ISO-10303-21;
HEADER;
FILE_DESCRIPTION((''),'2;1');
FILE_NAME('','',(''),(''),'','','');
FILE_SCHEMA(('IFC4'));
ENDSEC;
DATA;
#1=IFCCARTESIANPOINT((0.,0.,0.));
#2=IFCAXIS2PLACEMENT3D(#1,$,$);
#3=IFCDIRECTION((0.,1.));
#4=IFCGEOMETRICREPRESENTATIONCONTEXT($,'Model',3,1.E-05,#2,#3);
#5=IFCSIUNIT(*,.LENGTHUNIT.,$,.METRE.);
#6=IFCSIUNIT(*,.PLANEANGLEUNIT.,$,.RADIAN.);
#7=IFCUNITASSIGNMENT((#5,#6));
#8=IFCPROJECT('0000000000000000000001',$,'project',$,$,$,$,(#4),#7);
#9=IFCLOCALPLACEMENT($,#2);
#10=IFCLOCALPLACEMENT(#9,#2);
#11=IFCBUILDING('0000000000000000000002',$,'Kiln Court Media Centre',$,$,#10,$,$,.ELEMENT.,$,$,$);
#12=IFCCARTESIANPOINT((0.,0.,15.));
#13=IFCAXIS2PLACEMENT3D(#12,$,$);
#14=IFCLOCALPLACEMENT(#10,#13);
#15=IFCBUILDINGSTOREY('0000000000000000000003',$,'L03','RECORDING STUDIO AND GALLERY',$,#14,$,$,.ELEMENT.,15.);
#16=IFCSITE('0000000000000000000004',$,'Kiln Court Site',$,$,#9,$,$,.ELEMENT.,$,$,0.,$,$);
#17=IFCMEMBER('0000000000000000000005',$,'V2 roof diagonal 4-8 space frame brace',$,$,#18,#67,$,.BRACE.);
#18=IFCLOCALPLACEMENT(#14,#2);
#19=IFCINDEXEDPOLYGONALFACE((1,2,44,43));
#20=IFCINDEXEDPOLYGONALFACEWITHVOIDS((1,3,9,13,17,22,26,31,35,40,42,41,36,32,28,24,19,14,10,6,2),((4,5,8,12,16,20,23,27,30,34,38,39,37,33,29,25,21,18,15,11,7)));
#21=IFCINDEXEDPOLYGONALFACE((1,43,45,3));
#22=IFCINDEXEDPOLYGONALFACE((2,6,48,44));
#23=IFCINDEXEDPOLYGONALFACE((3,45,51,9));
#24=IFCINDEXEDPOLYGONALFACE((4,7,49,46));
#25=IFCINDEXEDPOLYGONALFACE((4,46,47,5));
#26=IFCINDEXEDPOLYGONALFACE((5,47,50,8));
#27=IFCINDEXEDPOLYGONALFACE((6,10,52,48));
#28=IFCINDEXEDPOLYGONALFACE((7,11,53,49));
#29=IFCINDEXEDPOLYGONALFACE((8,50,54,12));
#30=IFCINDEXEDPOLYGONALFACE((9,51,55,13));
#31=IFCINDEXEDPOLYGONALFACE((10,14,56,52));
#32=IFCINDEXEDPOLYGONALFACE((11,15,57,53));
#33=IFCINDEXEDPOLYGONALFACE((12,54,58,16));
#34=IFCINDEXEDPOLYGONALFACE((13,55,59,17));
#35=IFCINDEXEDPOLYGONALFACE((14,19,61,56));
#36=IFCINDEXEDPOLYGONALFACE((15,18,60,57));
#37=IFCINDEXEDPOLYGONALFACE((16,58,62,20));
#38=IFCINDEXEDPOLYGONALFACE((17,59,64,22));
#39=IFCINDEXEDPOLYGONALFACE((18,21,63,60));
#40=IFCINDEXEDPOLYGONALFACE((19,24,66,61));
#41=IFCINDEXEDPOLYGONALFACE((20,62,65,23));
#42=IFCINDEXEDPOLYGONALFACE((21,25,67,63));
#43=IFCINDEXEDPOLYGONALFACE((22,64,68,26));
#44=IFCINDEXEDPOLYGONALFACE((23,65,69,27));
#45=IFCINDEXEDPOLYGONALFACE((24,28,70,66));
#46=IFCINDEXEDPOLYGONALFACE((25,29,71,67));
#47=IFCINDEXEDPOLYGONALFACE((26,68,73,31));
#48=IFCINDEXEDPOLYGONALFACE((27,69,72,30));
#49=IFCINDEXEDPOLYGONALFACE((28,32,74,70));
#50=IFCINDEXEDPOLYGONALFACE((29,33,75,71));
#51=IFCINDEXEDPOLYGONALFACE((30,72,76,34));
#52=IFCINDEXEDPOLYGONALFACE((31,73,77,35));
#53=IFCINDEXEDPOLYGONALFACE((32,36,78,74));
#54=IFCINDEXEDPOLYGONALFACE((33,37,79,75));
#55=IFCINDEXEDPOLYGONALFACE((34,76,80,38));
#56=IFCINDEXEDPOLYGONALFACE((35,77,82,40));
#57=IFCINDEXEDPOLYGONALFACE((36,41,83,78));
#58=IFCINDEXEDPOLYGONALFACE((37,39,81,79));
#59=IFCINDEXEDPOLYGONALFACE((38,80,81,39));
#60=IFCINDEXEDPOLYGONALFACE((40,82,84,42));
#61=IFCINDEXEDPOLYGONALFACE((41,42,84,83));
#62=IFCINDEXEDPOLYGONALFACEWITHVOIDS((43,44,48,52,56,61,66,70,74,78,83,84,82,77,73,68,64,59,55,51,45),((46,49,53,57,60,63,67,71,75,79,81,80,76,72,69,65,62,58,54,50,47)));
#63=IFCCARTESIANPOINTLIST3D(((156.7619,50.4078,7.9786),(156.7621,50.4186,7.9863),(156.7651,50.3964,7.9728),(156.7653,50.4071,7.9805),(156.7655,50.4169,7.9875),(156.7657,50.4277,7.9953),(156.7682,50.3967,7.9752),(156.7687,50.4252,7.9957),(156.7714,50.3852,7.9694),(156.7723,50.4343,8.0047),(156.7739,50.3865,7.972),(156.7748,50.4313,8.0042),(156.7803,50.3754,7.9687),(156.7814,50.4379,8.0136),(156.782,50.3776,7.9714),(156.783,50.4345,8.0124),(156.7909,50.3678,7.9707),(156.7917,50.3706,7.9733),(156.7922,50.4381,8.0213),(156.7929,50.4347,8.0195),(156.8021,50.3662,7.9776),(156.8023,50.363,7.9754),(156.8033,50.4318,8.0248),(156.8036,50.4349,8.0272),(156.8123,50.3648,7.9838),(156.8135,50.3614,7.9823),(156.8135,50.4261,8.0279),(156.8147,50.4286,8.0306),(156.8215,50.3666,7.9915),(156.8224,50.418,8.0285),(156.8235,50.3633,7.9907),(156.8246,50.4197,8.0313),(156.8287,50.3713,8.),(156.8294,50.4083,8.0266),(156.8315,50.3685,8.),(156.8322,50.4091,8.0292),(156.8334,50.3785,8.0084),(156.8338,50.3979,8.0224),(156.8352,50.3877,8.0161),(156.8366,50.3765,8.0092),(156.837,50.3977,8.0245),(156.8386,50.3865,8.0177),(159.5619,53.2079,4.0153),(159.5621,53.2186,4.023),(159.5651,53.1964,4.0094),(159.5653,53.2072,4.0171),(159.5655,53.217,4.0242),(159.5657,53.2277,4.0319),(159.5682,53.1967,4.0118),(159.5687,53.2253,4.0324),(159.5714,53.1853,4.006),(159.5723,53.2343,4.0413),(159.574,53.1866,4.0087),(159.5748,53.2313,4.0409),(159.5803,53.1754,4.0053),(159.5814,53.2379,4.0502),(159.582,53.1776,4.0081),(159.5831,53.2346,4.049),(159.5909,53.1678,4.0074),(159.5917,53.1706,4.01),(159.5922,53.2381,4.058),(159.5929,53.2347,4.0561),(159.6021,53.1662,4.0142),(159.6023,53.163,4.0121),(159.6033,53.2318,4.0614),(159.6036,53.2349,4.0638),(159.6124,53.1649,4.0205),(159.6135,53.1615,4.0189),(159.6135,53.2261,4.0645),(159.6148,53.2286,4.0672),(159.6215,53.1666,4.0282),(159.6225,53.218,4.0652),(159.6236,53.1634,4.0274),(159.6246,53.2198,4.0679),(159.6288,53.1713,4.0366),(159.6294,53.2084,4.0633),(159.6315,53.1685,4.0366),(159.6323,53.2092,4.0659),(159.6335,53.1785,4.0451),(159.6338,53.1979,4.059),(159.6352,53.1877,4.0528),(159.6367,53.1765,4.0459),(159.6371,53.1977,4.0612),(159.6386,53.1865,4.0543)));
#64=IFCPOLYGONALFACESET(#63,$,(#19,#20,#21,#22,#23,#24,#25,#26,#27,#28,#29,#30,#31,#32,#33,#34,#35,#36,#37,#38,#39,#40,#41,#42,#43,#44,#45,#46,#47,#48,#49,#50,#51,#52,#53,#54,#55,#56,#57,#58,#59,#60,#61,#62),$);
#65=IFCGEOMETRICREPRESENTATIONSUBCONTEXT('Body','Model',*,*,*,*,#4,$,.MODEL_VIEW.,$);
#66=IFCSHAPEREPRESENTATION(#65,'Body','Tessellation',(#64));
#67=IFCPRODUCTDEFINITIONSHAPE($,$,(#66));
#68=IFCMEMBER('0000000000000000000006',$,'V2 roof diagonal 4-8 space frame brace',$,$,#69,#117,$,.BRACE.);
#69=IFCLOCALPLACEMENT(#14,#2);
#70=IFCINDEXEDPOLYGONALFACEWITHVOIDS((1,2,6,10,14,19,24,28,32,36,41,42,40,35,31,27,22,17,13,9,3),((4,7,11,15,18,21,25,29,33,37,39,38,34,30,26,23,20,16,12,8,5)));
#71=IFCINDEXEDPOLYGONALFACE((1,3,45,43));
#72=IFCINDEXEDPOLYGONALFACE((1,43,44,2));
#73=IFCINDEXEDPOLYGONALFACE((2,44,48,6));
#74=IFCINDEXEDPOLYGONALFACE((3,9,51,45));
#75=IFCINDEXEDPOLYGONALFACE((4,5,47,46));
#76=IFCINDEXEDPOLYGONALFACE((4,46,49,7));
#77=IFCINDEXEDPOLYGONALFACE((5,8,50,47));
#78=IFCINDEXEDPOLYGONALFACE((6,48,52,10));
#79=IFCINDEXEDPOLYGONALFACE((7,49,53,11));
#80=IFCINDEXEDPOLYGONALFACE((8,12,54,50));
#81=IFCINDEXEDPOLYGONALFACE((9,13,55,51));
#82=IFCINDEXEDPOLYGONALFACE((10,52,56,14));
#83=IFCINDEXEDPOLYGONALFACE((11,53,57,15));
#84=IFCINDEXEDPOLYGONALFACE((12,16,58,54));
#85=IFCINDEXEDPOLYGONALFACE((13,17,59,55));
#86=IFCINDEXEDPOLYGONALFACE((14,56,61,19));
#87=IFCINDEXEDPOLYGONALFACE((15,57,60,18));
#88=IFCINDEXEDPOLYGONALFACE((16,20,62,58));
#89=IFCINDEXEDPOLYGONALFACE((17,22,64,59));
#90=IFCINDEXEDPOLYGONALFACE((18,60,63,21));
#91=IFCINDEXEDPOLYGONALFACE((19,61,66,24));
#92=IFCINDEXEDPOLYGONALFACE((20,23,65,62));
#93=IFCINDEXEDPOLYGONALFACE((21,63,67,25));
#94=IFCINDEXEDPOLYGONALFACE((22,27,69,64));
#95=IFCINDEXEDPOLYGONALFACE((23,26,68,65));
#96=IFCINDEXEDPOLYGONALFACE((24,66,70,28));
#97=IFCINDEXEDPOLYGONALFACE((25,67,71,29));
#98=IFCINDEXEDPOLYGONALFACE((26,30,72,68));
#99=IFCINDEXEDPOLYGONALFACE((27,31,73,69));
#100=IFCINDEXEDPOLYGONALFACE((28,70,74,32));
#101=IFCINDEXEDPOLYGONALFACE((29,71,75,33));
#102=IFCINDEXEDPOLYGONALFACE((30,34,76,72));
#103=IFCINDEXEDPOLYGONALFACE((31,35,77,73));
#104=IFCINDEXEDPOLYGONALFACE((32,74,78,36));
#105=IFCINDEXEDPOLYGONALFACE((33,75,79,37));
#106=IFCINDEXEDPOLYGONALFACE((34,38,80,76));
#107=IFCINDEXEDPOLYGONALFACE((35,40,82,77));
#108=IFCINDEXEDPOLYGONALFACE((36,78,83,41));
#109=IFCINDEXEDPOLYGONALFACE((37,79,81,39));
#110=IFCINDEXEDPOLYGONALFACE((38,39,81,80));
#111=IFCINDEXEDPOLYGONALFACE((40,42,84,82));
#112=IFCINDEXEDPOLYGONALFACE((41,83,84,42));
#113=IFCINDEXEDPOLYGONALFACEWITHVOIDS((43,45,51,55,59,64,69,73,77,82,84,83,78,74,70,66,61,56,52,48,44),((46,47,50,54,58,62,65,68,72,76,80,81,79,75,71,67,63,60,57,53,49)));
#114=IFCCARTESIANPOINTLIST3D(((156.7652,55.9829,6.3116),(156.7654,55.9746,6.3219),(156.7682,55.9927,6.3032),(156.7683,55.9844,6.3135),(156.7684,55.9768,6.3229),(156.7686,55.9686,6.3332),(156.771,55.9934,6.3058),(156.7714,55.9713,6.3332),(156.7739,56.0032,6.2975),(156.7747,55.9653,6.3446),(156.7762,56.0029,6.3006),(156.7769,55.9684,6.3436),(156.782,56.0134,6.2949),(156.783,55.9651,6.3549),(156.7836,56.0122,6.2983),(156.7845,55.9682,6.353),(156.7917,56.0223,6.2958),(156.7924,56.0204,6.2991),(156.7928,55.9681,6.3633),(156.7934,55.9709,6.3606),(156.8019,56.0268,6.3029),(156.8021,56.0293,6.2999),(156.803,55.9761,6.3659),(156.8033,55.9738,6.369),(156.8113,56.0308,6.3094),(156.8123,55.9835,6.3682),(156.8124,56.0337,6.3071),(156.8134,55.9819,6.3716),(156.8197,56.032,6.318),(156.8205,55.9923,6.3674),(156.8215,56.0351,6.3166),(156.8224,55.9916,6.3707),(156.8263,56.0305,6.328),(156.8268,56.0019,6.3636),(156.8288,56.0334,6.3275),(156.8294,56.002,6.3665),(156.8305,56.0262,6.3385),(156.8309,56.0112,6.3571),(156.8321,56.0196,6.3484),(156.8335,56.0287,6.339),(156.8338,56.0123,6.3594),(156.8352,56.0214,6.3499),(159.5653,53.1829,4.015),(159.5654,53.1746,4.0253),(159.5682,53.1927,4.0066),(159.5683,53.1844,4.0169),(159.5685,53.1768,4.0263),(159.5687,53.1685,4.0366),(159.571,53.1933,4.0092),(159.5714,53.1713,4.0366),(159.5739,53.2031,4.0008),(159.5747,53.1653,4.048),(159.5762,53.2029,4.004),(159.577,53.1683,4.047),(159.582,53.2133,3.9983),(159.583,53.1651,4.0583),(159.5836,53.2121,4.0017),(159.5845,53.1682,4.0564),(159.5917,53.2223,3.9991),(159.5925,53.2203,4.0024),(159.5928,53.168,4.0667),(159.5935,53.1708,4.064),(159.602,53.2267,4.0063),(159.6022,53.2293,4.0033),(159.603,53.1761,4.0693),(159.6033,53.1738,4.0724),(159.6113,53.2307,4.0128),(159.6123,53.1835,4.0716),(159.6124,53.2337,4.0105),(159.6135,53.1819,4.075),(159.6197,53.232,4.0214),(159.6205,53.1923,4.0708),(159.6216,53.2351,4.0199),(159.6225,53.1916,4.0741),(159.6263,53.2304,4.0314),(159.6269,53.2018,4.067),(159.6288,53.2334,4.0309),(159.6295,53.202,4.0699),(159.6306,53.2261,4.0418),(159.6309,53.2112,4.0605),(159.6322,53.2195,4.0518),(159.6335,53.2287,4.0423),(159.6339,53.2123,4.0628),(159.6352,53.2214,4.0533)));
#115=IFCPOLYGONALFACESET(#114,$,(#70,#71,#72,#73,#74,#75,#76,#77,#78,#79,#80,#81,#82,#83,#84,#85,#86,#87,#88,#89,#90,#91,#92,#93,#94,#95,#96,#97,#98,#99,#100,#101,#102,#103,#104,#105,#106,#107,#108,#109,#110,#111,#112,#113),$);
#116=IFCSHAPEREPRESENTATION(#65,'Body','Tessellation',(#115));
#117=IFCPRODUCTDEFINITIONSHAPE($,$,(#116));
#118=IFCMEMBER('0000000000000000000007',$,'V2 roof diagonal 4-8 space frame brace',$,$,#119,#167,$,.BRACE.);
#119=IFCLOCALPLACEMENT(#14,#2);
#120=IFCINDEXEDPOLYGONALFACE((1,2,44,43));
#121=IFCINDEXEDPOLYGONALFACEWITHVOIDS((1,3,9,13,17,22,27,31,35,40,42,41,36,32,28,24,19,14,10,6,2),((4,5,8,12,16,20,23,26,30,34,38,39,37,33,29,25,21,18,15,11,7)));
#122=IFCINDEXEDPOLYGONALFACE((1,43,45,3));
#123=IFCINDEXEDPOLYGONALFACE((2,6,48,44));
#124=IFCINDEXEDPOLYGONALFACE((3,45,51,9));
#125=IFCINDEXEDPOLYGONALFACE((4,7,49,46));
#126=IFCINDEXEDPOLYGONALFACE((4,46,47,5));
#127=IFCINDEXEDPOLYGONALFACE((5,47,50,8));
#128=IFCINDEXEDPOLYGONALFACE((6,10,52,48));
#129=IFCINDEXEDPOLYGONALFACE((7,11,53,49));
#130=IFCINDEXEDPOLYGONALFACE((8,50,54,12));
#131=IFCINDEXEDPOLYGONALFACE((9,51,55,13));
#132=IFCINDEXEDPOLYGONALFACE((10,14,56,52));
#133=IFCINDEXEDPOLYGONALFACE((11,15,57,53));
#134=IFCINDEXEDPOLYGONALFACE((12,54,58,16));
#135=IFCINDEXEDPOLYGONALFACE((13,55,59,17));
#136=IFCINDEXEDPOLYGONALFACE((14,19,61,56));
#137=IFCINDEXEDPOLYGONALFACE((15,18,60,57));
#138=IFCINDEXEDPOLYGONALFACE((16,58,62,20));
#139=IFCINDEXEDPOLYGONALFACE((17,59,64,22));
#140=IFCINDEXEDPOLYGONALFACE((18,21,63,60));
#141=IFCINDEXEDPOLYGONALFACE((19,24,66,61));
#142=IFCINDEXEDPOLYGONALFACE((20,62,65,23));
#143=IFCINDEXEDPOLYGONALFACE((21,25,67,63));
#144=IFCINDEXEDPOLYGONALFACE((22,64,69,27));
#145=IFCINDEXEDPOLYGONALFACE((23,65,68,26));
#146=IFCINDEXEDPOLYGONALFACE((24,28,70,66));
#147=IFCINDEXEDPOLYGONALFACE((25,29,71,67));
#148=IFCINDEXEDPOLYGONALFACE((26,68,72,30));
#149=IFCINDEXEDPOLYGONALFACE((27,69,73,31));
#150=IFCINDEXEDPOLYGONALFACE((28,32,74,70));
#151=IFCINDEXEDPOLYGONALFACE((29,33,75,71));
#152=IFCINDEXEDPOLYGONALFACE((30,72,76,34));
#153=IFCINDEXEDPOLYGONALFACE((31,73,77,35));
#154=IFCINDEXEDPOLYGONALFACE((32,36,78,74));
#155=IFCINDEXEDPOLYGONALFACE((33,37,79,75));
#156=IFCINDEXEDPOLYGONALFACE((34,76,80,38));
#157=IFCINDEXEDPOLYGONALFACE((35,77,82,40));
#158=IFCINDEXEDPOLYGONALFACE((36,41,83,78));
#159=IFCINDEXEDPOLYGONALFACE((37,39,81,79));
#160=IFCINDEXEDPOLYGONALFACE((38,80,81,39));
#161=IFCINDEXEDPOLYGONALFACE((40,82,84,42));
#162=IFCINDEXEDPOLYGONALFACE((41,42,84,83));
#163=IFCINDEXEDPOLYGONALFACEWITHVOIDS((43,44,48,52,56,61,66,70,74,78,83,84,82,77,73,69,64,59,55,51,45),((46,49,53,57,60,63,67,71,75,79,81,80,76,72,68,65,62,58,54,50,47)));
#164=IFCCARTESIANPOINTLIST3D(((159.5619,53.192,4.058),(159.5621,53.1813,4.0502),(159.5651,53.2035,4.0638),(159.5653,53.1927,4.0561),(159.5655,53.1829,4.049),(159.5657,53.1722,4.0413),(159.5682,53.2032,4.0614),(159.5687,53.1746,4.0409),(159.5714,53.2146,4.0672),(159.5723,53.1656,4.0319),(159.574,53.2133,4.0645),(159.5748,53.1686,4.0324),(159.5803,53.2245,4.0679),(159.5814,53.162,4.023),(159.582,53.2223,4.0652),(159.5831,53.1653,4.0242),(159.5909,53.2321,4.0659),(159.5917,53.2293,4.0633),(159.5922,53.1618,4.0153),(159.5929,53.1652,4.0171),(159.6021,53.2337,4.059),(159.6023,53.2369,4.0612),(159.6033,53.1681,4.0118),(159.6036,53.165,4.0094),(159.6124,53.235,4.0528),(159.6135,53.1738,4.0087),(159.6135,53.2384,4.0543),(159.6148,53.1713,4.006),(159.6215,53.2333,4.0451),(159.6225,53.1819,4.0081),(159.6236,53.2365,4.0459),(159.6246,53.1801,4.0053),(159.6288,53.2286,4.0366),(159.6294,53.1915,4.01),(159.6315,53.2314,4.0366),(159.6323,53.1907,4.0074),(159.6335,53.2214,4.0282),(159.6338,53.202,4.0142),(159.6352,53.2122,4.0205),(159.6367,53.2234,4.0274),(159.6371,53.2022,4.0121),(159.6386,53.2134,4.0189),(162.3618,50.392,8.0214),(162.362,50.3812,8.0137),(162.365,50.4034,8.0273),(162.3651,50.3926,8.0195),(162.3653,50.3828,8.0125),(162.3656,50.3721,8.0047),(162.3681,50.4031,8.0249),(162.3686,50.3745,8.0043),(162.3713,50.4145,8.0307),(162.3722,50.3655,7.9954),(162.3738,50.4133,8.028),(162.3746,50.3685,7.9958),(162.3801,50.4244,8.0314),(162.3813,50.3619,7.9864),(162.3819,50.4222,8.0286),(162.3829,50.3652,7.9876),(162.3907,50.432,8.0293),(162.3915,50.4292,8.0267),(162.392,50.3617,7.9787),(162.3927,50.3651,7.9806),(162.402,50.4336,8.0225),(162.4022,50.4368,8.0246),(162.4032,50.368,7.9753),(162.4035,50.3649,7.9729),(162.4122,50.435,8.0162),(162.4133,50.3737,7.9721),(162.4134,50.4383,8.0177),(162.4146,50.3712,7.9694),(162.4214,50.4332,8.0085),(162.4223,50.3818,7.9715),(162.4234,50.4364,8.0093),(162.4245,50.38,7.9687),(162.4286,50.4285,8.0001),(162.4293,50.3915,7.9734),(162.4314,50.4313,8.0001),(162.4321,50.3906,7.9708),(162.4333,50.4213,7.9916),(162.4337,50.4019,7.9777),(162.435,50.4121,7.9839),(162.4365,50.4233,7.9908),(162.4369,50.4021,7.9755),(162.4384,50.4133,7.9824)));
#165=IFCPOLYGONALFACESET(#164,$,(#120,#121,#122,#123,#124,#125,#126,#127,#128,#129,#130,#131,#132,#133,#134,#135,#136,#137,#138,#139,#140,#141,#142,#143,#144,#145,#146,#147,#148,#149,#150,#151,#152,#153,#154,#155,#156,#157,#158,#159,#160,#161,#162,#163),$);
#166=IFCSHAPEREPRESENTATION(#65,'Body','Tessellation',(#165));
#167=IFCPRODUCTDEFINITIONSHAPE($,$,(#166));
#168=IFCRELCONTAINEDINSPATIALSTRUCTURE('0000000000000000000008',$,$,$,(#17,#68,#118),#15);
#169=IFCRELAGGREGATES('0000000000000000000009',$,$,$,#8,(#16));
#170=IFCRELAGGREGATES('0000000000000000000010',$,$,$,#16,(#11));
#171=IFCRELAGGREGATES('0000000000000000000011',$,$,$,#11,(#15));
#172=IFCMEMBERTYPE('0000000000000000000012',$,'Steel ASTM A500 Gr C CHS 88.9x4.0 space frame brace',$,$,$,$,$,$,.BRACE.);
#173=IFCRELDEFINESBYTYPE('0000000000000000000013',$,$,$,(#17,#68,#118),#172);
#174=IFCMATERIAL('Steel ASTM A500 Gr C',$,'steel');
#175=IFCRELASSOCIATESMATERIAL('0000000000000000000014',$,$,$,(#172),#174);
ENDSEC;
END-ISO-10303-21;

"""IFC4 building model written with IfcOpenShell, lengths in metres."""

from ifc_helpers import new_model, si_unit, direction, frame, origin, origin_2d, place, context, subcontext, project, spatial, hollow_circle, extrude, material, material_profile, profile_set, type_object, element, save


model = new_model("IFC4")

# Units and contexts
model_context = context("Model", 3, precision=1e-05, world=origin(), true_north=direction((0.0, 1.0)))
body_context = subcontext(model_context, "Body", "Model", "MODEL_VIEW")
ifc_project = project(units=[si_unit("LENGTHUNIT", "METRE"), si_unit("PLANEANGLEUNIT", "RADIAN")], contexts=[model_context])

# Site, building, storey
site_placement = place(None, origin())
site = spatial("IfcSite", under=ifc_project, at=site_placement, Name="Kiln Court Site", CompositionType="ELEMENT", RefElevation=0.0)
building_placement = place(site_placement, origin())
building = spatial("IfcBuilding", under=site, at=building_placement, Name="Kiln Court Media Centre", CompositionType="ELEMENT")
storey_placement = place(building_placement, frame((0.0, 0.0, 15.0)))
storey = spatial("IfcBuildingStorey", under=building, at=storey_placement, Name="L03", Description="RECORDING STUDIO AND GALLERY", CompositionType="ELEMENT", Elevation=15.0)

# Members
ifc_material_1 = material(Name="Steel ASTM A500 Gr C", Category="steel")
ifc_material_profile_1 = material_profile(ifc_material_1, hollow_circle(Radius=0.0444, WallThickness=0.0039, at=origin_2d()), Name="CHS 88.9x4.0")
ifc_profile_set_1 = profile_set([ifc_material_profile_1], Name="Steel ASTM A500 Gr C")
member_type_1 = type_object("IfcMemberType", Name="Steel ASTM A500 Gr C CHS 88.9x4.0 space frame brace", PredefinedType="BRACE", material=ifc_profile_set_1)
member_1_placement = place(storey_placement, frame((159.6001, 53.2, 4.0366), z_axis=(-0.499778, -0.499778, 0.70742), x_axis=(0.707107, -0.707107, 0.0)))
element("IfcMember", 1, at=member_1_placement, inside=storey, type_object=member_type_1, Name="V2 roof diagonal 4-8 space frame brace", PredefinedType="BRACE", context=body_context, shape_type="SweptSolid", body=[
    extrude(hollow_circle(Radius=0.0444, WallThickness=0.0039, at=origin_2d()), origin(), (0.0, 0.0, 1.0), 5.6025),
])
member_2_placement = place(storey_placement, frame((159.6001, 53.2, 4.0366), z_axis=(-0.611676, 0.611676, 0.501703), x_axis=(-0.707107, -0.707107, 0.0)))
element("IfcMember", 2, at=member_2_placement, inside=storey, type_object=member_type_1, Name="V2 roof diagonal 4-8 space frame brace", PredefinedType="BRACE", context=body_context, shape_type="SweptSolid", body=[
    extrude(hollow_circle(Radius=0.0444, WallThickness=0.0039, at=origin_2d()), origin(), (0.0, 0.0, 1.0), 4.5776),
])
member_3_placement = place(storey_placement, frame((159.6001, 53.2, 4.0366), z_axis=(0.499746, -0.499789, 0.707436), x_axis=(0.707138, 0.707076, 0.0)))
element("IfcMember", 3, at=member_3_placement, inside=storey, type_object=member_type_1, Name="V2 roof diagonal 4-8 space frame brace", PredefinedType="BRACE", context=body_context, shape_type="SweptSolid", body=[
    extrude(hollow_circle(Radius=0.0444, WallThickness=0.0039, at=origin_2d()), origin(), (0.0, 0.0, 1.0), 5.6025),
])

save(model, "model.ifc")
